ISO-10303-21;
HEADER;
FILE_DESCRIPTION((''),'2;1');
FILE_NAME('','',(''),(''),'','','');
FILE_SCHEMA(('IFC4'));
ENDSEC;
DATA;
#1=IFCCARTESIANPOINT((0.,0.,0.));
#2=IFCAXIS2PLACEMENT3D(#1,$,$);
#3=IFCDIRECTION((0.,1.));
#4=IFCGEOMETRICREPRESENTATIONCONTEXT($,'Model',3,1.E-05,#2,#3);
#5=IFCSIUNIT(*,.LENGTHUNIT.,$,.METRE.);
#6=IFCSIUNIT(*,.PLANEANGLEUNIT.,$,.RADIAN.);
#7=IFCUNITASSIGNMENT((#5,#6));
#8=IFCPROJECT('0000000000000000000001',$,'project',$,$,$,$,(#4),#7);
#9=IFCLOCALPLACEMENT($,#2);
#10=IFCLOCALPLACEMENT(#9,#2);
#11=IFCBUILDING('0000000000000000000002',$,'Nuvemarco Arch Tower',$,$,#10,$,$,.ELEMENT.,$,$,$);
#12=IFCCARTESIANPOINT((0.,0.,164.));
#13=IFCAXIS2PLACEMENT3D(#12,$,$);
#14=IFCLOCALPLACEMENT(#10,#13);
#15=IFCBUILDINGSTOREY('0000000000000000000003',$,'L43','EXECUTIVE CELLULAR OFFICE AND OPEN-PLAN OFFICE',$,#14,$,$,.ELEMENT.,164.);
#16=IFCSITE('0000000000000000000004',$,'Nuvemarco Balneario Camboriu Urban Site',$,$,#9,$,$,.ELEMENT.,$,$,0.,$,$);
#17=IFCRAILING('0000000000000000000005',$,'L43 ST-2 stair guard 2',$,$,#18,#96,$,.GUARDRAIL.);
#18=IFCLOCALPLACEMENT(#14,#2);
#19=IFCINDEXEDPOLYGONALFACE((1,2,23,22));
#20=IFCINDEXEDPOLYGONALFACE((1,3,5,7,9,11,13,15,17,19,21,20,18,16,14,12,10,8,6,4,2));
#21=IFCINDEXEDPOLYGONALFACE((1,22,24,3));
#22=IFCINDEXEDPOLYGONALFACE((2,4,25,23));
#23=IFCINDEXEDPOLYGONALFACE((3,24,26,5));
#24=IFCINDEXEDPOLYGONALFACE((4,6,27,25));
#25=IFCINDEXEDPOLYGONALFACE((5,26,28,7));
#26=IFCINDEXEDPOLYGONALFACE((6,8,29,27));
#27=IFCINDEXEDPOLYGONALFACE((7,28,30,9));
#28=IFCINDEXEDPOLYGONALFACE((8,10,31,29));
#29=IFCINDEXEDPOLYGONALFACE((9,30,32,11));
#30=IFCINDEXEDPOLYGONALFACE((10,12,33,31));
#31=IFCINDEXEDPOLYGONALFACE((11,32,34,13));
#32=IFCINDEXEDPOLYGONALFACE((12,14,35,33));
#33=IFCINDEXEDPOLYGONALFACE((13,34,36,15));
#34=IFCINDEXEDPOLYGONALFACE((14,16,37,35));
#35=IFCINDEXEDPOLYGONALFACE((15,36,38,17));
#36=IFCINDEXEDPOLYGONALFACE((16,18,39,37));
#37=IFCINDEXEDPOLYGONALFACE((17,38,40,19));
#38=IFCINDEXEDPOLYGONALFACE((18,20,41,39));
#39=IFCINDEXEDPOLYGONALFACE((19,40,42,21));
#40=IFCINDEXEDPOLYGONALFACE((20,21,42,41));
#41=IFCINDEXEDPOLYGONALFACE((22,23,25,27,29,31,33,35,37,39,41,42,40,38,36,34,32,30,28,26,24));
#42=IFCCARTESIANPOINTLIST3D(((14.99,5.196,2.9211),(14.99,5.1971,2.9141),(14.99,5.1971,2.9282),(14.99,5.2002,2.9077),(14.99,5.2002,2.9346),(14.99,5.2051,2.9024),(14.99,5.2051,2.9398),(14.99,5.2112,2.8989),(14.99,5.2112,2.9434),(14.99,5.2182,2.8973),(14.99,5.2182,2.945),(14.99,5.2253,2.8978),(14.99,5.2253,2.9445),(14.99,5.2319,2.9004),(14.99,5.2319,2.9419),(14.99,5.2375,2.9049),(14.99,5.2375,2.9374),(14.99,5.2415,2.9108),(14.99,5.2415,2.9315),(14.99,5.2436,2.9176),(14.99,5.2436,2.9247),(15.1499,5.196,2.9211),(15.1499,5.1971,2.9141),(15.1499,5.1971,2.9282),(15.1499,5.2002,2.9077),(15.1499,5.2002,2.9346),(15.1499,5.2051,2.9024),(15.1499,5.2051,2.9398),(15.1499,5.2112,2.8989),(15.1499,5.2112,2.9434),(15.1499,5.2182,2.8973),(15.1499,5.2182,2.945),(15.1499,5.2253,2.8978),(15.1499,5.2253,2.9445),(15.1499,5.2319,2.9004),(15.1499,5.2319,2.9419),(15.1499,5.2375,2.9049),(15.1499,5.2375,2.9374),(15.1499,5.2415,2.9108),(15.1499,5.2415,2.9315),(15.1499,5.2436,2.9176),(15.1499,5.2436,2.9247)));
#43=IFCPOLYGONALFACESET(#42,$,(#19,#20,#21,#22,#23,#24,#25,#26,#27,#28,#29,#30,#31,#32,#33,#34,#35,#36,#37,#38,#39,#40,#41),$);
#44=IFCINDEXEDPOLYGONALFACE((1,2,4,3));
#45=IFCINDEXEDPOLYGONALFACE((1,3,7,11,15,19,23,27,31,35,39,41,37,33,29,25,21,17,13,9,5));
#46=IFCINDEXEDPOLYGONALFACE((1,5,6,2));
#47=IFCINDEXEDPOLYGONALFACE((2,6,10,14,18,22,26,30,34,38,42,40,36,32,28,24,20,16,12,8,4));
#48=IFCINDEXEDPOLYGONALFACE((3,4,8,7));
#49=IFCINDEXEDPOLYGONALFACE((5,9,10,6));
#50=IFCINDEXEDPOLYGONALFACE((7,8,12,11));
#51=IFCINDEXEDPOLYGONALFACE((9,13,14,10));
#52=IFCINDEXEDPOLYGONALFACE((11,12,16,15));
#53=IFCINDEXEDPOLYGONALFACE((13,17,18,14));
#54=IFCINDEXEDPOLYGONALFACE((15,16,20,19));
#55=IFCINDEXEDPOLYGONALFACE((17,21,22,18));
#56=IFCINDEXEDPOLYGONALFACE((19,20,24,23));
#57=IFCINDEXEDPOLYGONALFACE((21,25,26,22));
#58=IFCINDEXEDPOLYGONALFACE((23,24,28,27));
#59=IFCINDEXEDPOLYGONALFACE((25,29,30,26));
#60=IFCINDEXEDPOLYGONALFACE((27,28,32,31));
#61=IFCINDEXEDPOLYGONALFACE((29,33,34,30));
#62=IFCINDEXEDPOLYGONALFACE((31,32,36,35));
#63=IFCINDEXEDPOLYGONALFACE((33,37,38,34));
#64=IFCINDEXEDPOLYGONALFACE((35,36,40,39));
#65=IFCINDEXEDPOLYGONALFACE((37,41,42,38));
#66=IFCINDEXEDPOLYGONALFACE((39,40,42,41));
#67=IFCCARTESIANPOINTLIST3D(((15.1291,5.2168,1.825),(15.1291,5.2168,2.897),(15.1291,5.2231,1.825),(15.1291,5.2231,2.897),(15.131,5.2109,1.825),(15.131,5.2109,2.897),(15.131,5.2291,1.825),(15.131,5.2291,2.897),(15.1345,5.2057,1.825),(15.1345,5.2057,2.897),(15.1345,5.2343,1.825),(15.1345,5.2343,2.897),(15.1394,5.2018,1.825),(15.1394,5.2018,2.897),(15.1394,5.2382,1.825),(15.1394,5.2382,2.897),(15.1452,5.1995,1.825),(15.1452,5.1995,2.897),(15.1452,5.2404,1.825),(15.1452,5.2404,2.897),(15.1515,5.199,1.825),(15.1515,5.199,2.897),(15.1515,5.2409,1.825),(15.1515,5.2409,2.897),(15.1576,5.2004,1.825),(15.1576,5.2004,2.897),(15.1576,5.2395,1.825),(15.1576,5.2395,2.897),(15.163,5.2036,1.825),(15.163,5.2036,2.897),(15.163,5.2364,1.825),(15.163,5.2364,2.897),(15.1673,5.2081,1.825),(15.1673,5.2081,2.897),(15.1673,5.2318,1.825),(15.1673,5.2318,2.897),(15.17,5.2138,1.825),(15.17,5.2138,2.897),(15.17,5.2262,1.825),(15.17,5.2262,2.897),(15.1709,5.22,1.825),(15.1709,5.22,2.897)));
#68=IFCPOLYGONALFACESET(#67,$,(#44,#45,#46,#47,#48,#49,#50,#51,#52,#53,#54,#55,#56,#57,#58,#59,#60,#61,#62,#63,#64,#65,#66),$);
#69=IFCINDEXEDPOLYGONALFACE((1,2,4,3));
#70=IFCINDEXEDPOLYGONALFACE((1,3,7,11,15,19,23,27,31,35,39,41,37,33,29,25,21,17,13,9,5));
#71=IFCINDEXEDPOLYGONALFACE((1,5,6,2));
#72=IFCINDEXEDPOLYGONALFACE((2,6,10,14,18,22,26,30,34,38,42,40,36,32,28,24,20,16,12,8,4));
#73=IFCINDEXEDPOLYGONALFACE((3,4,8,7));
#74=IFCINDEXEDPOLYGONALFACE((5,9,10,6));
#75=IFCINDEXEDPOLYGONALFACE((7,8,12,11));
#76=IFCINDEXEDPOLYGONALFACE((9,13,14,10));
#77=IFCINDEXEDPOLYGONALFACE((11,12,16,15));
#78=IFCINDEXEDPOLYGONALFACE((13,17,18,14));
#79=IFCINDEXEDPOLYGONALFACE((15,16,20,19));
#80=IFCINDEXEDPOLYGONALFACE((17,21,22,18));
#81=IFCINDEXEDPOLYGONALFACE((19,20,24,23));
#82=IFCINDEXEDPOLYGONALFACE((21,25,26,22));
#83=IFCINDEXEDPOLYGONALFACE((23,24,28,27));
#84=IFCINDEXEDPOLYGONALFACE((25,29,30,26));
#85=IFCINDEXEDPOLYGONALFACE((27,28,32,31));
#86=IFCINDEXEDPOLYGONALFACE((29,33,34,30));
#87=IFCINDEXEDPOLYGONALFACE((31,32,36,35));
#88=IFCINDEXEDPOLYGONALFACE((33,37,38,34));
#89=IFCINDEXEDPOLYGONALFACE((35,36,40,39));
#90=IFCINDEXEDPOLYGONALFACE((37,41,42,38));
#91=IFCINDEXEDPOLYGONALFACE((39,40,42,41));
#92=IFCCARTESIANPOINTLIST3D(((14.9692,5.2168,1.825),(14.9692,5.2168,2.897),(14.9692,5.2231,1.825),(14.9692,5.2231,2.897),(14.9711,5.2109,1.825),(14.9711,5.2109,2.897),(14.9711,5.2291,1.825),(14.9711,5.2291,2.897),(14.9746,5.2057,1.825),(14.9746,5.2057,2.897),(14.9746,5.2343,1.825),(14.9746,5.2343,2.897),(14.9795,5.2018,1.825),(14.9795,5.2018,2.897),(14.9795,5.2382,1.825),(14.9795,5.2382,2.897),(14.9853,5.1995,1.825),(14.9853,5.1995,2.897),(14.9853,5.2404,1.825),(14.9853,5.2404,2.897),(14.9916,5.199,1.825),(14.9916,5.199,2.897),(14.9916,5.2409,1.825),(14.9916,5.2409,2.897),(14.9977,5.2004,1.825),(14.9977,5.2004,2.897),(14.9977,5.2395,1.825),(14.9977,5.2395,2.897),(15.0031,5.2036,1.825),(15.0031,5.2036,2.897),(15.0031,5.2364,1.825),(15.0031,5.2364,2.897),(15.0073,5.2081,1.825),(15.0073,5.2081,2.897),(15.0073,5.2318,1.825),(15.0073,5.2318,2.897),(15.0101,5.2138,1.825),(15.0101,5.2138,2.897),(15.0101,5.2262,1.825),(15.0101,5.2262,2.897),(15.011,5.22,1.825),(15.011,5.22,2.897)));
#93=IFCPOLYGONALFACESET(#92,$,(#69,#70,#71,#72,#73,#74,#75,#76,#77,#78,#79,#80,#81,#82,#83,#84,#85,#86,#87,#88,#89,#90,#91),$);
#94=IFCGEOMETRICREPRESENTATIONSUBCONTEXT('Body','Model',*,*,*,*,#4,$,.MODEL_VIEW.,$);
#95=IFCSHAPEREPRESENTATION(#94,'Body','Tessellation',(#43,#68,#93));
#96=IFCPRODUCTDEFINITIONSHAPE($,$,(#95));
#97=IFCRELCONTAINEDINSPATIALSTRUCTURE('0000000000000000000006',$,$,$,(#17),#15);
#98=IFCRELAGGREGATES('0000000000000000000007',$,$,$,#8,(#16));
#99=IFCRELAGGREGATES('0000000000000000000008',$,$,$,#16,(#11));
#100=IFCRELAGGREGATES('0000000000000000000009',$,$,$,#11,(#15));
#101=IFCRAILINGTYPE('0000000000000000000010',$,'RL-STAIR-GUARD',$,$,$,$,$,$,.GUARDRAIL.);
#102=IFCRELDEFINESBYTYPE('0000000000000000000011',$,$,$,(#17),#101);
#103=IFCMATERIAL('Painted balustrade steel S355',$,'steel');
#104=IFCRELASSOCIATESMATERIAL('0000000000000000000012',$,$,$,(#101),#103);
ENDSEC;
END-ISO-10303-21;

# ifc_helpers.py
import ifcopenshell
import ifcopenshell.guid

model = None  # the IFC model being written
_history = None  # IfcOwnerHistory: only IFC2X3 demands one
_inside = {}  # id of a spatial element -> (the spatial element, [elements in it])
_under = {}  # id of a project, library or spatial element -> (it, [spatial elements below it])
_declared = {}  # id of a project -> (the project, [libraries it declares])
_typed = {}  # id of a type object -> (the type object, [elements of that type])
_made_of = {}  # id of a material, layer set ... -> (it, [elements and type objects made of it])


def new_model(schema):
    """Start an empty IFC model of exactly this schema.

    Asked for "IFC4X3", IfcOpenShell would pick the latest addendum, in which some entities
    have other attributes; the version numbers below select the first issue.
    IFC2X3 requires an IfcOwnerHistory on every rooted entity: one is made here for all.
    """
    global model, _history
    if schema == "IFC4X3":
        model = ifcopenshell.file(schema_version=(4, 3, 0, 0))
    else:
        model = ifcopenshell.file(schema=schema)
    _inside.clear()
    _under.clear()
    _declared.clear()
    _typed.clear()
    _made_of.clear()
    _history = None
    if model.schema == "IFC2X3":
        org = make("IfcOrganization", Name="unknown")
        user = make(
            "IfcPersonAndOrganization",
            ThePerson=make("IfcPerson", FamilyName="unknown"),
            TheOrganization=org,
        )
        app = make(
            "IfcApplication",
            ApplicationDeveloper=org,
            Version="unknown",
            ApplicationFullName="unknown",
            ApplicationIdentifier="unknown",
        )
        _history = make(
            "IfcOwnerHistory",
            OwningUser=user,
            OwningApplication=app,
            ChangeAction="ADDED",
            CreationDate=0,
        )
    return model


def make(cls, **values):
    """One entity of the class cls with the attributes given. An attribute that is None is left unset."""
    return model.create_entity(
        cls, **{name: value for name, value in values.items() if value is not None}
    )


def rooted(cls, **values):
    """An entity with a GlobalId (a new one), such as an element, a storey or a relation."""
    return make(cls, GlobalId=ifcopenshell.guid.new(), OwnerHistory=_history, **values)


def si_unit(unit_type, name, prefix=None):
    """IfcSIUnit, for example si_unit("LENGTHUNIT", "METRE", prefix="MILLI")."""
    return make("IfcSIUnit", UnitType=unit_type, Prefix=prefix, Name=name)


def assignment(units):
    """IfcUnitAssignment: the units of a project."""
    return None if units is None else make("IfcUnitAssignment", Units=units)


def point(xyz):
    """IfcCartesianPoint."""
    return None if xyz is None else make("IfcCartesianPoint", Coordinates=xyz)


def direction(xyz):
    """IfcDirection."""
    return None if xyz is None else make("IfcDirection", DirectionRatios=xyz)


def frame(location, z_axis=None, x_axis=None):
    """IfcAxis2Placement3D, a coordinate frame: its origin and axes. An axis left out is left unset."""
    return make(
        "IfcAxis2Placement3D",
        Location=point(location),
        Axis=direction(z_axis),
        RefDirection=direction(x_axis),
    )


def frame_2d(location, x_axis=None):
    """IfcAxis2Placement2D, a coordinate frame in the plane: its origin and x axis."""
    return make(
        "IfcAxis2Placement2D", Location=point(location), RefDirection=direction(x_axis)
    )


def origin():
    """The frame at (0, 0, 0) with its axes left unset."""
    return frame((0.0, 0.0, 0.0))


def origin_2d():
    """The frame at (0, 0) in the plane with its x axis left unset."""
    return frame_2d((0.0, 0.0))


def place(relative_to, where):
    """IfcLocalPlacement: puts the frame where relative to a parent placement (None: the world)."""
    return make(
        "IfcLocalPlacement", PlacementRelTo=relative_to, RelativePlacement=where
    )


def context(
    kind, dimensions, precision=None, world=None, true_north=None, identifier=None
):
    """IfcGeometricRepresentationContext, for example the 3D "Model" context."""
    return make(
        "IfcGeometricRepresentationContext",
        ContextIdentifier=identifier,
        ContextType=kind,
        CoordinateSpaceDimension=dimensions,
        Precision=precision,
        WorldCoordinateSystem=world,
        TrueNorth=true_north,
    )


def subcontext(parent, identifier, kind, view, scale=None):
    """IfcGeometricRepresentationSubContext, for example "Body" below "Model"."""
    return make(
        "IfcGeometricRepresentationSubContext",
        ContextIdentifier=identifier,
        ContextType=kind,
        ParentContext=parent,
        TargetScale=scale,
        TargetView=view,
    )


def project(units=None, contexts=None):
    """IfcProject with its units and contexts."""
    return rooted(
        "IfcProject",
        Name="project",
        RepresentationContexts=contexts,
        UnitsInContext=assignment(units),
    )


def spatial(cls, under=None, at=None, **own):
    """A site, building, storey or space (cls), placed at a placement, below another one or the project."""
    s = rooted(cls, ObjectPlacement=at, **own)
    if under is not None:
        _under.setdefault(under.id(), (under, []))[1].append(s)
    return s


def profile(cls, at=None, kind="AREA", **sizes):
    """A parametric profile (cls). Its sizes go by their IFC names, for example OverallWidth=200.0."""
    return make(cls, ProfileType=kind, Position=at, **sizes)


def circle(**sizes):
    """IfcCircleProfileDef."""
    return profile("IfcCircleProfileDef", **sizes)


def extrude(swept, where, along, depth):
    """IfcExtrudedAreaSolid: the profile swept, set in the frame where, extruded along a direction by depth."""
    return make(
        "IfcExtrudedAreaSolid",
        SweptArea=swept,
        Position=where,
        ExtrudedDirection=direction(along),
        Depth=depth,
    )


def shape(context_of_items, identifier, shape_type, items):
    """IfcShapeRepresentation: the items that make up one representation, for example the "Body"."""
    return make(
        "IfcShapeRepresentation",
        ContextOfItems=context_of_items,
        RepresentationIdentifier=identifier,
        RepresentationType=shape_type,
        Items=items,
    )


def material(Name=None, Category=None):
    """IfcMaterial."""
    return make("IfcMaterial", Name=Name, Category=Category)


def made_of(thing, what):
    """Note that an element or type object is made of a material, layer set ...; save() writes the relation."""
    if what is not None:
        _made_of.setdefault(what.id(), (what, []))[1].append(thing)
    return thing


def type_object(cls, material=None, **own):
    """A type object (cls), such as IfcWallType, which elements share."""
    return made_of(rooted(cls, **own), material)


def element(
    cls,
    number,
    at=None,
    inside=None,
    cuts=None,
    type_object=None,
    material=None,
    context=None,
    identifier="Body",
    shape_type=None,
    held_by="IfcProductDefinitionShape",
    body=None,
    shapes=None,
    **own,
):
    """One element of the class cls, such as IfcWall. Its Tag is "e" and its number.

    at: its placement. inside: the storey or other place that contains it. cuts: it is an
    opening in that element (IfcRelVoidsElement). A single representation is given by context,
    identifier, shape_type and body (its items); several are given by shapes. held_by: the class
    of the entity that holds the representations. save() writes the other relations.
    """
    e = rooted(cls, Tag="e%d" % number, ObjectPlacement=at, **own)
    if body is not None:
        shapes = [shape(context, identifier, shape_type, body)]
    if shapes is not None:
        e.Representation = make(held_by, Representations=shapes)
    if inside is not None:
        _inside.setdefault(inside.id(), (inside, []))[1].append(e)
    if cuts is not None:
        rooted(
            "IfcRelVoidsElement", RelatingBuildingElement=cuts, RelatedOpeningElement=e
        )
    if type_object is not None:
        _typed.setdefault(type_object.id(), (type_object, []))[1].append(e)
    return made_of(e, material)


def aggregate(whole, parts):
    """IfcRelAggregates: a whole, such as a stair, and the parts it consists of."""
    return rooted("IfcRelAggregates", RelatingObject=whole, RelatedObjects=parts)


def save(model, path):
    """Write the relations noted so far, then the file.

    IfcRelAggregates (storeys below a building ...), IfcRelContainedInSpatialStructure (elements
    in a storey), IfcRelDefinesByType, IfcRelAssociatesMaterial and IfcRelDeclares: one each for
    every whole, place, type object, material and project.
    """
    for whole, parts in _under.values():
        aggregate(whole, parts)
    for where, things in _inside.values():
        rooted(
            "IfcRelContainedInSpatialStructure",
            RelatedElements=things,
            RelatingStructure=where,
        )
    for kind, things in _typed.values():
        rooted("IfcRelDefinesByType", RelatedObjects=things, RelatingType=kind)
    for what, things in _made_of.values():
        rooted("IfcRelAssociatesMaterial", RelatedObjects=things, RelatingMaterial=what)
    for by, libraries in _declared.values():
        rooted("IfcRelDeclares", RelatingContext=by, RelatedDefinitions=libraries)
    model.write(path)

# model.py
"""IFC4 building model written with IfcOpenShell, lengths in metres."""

from ifc_helpers import new_model, si_unit, direction, frame, origin, origin_2d, place, context, subcontext, project, spatial, circle, extrude, material, type_object, element, save


model = new_model("IFC4")

# Units and contexts
model_context = context("Model", 3, precision=1e-05, world=origin(), true_north=direction((0.0, 1.0)))
body_context = subcontext(model_context, "Body", "Model", "MODEL_VIEW")
ifc_project = project(units=[si_unit("LENGTHUNIT", "METRE"), si_unit("PLANEANGLEUNIT", "RADIAN")], contexts=[model_context])

# Site, building, storey
site_placement = place(None, origin())
site = spatial("IfcSite", under=ifc_project, at=site_placement, Name="Nuvemarco Balneario Camboriu Urban Site", CompositionType="ELEMENT", RefElevation=0.0)
building_placement = place(site_placement, origin())
building = spatial("IfcBuilding", under=site, at=building_placement, Name="Nuvemarco Arch Tower", CompositionType="ELEMENT")
storey_placement = place(building_placement, frame((0.0, 0.0, 164.0)))
storey = spatial("IfcBuildingStorey", under=building, at=storey_placement, Name="L43", Description="EXECUTIVE CELLULAR OFFICE AND OPEN-PLAN OFFICE", CompositionType="ELEMENT", Elevation=164.0)

# Railing
ifc_material_1 = material(Name="Painted balustrade steel S355", Category="steel")
railing_type_1 = type_object("IfcRailingType", Name="RL-STAIR-GUARD", PredefinedType="GUARDRAIL", material=ifc_material_1)
railing_1_placement = place(storey_placement, frame((15.1499, 5.22, 1.825)))
element("IfcRailing", 1, at=railing_1_placement, inside=storey, type_object=railing_type_1, Name="L43 ST-2 stair guard 2", PredefinedType="GUARDRAIL", context=body_context, shape_type="SweptSolid", body=[
    extrude(circle(Radius=0.0239, at=origin_2d()), frame((0.0, 0.0, 1.0962), z_axis=(-1.0, 0.0, 0.0), x_axis=(0.0, -1.0, 0.0)), (0.0, 0.0, 1.0), 0.1599),
    extrude(circle(Radius=0.021, at=origin_2d()), origin(), (0.0, 0.0, 1.0), 1.072),
    extrude(circle(Radius=0.021, at=origin_2d()), frame((-0.1599, 0.0, 0.0)), (0.0, 0.0, 1.0), 1.072),
])

save(model, "model.ifc")
